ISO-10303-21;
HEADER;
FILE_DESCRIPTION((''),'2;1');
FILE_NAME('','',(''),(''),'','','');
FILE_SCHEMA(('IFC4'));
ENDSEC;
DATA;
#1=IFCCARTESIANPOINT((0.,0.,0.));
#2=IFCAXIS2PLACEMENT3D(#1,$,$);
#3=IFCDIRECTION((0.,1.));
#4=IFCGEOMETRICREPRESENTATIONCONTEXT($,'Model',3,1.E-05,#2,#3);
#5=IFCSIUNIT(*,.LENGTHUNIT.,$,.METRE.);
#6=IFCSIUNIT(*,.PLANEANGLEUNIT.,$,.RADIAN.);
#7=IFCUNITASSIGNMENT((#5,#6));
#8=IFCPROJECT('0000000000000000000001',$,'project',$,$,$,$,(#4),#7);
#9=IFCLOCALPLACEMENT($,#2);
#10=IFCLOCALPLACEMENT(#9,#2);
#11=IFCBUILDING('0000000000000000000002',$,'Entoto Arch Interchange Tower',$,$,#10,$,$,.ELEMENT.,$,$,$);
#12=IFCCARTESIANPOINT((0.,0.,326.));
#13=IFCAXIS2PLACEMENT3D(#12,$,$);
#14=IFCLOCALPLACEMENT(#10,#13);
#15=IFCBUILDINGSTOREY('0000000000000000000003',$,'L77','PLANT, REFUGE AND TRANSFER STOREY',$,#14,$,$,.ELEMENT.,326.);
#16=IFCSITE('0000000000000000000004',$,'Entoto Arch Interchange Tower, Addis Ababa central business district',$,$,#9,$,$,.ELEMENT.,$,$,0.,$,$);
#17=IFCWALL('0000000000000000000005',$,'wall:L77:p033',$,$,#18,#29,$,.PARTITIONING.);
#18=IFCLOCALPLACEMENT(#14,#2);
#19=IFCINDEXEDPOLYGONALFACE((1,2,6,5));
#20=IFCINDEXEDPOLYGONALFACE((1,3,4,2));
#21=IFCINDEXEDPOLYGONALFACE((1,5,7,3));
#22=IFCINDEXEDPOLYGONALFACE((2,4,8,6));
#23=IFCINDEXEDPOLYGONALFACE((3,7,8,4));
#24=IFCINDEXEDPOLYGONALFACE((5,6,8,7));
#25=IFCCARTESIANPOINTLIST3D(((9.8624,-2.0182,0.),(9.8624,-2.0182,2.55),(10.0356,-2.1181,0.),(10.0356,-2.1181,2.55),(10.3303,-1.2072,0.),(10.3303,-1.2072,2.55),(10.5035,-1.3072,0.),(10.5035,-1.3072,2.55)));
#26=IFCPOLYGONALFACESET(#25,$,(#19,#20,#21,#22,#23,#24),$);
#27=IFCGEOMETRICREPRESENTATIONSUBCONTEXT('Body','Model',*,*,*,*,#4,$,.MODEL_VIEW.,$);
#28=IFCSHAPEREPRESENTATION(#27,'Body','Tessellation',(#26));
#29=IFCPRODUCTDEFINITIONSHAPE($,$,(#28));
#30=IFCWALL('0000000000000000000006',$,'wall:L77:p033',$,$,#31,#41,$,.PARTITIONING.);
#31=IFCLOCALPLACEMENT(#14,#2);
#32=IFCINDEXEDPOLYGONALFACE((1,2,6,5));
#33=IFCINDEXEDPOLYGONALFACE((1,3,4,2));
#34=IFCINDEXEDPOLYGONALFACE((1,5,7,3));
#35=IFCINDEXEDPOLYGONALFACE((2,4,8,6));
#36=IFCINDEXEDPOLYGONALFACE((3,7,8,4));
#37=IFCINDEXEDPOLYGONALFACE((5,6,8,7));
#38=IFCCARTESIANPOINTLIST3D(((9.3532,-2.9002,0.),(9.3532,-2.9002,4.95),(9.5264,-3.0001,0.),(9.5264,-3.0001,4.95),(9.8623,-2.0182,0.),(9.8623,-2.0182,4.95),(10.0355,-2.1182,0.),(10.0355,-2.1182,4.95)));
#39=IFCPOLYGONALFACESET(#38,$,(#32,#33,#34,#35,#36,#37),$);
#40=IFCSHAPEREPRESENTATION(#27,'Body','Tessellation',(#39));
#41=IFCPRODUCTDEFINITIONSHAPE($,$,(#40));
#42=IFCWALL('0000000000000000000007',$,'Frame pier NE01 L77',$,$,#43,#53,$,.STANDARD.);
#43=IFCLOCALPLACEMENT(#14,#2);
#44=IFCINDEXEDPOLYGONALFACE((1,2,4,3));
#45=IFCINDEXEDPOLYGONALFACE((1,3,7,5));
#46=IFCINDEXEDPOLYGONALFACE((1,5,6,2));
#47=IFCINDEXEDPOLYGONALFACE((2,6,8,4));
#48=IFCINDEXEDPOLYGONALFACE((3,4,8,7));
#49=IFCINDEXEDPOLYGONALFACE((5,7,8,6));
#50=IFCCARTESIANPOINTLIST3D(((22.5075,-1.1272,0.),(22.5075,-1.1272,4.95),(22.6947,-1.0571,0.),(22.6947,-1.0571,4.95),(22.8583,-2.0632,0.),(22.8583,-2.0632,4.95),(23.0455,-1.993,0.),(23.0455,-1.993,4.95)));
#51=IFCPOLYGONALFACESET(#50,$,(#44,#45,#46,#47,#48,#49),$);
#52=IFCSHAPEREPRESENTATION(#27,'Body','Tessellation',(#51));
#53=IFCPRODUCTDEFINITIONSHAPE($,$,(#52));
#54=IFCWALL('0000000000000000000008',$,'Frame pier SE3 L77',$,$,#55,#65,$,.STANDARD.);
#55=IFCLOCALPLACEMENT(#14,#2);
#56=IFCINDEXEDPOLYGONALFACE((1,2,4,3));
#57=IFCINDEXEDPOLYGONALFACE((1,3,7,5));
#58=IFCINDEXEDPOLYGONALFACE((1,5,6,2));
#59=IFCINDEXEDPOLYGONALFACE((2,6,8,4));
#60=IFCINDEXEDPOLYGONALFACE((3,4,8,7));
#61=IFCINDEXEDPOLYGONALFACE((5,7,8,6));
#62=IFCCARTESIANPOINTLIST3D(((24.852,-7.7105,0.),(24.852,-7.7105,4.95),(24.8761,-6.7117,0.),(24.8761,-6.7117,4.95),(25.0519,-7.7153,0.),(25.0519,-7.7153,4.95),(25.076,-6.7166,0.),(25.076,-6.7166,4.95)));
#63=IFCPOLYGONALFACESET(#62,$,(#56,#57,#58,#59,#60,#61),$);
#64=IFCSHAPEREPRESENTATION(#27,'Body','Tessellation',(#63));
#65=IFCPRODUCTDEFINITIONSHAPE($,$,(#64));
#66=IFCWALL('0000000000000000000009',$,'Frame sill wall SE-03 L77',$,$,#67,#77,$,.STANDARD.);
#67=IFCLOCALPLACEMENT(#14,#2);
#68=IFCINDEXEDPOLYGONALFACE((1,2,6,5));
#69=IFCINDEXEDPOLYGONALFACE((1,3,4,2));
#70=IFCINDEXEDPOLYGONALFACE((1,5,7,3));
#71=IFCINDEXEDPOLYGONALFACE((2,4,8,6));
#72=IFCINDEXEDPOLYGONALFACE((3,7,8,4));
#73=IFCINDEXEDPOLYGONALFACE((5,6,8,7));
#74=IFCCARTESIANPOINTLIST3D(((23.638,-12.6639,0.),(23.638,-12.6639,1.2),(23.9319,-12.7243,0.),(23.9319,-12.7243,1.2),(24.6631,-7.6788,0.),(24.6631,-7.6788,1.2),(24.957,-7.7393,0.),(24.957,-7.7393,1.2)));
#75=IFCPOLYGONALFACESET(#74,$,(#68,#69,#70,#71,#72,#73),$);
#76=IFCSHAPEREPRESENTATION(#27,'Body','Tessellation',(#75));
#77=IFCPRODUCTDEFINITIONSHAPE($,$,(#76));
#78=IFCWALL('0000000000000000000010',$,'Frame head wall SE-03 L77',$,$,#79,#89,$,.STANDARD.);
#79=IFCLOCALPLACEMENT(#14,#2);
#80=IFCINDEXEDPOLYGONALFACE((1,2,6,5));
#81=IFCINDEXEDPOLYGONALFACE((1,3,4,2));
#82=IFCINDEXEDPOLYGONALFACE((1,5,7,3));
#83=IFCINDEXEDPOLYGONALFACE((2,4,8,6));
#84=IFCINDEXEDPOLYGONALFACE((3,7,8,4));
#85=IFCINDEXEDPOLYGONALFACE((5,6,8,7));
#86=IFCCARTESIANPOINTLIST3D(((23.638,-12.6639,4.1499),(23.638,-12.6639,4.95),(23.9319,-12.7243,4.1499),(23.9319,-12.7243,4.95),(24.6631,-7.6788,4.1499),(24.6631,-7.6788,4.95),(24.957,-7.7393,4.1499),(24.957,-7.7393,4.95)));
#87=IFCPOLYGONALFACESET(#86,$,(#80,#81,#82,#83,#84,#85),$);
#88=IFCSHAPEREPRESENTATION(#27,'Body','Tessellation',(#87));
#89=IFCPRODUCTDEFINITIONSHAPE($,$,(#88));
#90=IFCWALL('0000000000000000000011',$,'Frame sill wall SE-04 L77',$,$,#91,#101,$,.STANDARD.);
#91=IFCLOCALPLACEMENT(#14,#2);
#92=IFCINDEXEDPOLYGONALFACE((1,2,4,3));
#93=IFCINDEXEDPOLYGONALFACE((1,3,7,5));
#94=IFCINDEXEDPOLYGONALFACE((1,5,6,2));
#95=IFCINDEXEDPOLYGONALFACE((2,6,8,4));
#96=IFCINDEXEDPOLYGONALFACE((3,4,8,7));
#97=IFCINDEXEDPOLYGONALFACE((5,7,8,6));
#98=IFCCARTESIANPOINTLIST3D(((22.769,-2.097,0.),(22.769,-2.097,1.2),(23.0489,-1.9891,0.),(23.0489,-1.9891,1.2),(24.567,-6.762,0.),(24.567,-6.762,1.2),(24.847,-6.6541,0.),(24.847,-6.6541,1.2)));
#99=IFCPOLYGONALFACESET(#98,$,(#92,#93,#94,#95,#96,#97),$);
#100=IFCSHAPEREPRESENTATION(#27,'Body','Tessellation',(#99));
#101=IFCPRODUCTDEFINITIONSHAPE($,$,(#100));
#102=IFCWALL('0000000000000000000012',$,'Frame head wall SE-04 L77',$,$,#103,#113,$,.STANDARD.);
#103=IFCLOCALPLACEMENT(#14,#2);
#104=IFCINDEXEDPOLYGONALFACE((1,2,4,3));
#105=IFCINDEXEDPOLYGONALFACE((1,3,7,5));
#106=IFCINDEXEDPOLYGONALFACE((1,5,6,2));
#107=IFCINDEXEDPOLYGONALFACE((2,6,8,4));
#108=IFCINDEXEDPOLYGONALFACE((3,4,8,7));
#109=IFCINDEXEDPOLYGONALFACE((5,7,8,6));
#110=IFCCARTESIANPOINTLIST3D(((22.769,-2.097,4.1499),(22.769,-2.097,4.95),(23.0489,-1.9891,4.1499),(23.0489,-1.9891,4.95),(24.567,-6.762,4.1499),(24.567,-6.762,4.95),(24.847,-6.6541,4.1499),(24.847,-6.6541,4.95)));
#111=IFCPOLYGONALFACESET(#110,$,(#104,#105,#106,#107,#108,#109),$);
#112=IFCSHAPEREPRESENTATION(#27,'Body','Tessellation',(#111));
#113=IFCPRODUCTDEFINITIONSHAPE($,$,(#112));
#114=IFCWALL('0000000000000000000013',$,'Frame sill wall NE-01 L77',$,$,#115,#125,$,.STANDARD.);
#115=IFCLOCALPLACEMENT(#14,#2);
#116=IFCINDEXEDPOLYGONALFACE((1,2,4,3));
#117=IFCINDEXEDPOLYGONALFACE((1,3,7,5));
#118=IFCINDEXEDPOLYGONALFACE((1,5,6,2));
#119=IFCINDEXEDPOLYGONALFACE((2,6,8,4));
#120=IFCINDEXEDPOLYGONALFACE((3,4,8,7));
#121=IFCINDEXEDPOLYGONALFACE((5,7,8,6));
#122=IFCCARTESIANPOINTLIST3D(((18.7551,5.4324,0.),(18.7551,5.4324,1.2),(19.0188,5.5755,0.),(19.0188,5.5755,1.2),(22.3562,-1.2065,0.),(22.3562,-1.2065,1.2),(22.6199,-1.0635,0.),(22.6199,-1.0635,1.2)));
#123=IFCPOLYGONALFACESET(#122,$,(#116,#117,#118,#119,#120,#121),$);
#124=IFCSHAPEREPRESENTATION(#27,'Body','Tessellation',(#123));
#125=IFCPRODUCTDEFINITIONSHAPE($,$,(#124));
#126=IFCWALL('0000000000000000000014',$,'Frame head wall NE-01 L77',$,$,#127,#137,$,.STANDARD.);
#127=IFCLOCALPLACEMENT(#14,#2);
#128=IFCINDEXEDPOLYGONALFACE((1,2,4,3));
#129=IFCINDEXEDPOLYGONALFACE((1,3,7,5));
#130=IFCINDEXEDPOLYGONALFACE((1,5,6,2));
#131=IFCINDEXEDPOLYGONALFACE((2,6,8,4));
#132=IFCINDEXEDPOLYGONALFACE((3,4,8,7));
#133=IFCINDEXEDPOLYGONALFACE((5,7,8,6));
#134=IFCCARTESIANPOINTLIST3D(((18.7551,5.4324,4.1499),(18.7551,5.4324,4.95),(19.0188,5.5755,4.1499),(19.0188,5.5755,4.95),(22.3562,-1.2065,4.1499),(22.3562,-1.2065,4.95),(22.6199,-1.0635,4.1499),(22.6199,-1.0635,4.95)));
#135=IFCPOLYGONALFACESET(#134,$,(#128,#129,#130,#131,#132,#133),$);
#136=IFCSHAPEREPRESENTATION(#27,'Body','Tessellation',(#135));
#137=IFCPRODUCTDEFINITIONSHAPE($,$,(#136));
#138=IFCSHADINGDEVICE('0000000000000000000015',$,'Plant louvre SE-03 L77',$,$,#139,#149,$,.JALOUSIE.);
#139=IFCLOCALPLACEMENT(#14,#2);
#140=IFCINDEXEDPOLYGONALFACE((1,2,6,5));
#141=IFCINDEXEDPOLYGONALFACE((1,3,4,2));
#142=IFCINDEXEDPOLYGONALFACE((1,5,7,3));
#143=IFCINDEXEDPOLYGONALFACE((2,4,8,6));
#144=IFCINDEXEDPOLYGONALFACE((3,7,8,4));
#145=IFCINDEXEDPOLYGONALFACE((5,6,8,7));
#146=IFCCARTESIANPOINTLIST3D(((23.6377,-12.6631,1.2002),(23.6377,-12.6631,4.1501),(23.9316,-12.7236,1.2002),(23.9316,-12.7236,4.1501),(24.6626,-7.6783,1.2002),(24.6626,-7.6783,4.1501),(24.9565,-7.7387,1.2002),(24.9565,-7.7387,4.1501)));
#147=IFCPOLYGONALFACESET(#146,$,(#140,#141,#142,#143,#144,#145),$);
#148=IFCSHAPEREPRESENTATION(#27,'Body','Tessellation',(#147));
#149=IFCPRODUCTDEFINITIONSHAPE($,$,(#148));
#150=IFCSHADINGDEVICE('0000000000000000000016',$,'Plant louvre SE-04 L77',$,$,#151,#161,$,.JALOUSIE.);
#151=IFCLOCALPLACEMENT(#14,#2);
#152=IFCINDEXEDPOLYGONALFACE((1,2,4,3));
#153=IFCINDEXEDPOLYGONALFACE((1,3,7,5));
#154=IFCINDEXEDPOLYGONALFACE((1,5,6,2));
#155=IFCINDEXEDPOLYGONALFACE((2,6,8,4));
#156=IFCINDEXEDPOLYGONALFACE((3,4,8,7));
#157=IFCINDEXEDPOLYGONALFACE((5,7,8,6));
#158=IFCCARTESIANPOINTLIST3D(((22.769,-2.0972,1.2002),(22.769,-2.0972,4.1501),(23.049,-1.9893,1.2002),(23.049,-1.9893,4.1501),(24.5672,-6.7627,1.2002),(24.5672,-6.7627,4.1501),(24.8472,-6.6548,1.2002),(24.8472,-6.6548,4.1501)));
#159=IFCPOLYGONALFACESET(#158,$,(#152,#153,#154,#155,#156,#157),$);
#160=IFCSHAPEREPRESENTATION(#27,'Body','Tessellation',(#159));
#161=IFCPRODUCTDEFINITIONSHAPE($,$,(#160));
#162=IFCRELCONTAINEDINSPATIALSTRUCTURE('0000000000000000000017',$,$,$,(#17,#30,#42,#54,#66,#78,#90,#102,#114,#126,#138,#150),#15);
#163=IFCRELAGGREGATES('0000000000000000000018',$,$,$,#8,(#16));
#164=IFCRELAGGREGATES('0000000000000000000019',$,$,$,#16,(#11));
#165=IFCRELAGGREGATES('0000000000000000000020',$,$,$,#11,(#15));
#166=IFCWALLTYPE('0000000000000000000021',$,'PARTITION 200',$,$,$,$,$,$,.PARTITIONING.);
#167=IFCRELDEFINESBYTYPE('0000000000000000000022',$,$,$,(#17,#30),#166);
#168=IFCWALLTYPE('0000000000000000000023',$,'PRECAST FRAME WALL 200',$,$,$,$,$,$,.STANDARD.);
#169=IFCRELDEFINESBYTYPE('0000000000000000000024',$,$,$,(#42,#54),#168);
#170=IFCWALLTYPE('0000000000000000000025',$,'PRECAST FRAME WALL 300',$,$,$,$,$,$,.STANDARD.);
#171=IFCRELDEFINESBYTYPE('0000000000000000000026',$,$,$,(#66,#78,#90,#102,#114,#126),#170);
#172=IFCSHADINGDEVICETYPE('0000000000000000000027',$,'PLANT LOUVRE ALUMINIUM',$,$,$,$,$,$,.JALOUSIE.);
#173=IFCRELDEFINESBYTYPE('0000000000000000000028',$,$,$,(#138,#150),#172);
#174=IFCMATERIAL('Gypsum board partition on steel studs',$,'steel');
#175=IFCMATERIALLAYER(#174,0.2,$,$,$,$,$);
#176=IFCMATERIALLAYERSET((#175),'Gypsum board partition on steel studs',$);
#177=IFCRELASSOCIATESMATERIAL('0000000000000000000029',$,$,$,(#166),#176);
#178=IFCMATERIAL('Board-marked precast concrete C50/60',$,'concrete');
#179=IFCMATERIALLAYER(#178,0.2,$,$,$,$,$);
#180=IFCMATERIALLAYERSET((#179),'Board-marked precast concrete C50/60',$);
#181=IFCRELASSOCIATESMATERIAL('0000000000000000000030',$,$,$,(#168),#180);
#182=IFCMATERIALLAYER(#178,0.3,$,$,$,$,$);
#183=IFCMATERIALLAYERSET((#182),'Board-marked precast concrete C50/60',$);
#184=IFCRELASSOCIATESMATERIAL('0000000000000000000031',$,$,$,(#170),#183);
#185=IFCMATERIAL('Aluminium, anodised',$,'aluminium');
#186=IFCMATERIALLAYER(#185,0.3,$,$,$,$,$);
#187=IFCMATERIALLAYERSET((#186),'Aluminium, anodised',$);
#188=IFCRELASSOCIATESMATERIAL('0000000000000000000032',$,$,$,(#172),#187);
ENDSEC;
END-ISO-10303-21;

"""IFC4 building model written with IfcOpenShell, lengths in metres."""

from ifc_helpers import new_model, si_unit, direction, frame, frame_2d, origin, origin_2d, place, context, subcontext, project, spatial, rectangle, extrude, material, layer, layer_set, type_object, element, save


model = new_model("IFC4")

# Units and contexts
model_context = context("Model", 3, precision=1e-05, world=origin(), true_north=direction((0.0, 1.0)))
body_context = subcontext(model_context, "Body", "Model", "MODEL_VIEW")
ifc_project = project(units=[si_unit("LENGTHUNIT", "METRE"), si_unit("PLANEANGLEUNIT", "RADIAN")], contexts=[model_context])

# Site, building, storey
site_placement = place(None, origin())
site = spatial("IfcSite", under=ifc_project, at=site_placement, Name="Entoto Arch Interchange Tower, Addis Ababa central business district", CompositionType="ELEMENT", RefElevation=0.0)
building_placement = place(site_placement, origin())
building = spatial("IfcBuilding", under=site, at=building_placement, Name="Entoto Arch Interchange Tower", CompositionType="ELEMENT")
storey_placement = place(building_placement, frame((0.0, 0.0, 326.0)))
storey = spatial("IfcBuildingStorey", under=building, at=storey_placement, Name="L77", Description="PLANT, REFUGE AND TRANSFER STOREY", CompositionType="ELEMENT", Elevation=326.0)

# Shared definitions
ifc_material_1 = material(Name="Gypsum board partition on steel studs", Category="steel")
ifc_layer_1 = layer(ifc_material_1, 0.2)
ifc_layer_set_1 = layer_set([ifc_layer_1], Name="Gypsum board partition on steel studs")
wall_type_1 = type_object("IfcWallType", Name="PARTITION 200", PredefinedType="PARTITIONING", material=ifc_layer_set_1)

# Walls
wall_1_placement = place(storey_placement, frame((10.417, -1.2571, 0.0), z_axis=(0.0, 0.0, 1.0), x_axis=(-0.499813, -0.866133, 0.0)))
element("IfcWall", 1, at=wall_1_placement, inside=storey, type_object=wall_type_1, Name="wall:L77:p033", PredefinedType="PARTITIONING", context=body_context, shape_type="SweptSolid", body=[
    extrude(rectangle(XDim=0.9363, YDim=0.2, at=frame_2d((0.4683, 0.0))), origin(), (0.0, 0.0, 1.0), 2.55),
])
wall_2_placement = place(storey_placement, frame((9.949, -2.0681, 0.0), z_axis=(0.0, 0.0, 1.0), x_axis=(-0.49993, -0.866066, 0.0)))
element("IfcWall", 2, at=wall_2_placement, inside=storey, type_object=wall_type_1, Name="wall:L77:p033", PredefinedType="PARTITIONING", context=body_context, shape_type="SweptSolid", body=[
    extrude(rectangle(XDim=1.0183, YDim=0.2, at=frame_2d((0.5093, 0.0))), origin(), (0.0, 0.0, 1.0), 4.95),
])
ifc_material_2 = material(Name="Board-marked precast concrete C50/60", Category="concrete")
ifc_layer_2 = layer(ifc_material_2, 0.2)
ifc_layer_set_2 = layer_set([ifc_layer_2], Name="Board-marked precast concrete C50/60")
wall_type_2 = type_object("IfcWallType", Name="PRECAST FRAME WALL 200", PredefinedType="STANDARD", material=ifc_layer_set_2)
wall_3_placement = place(storey_placement, frame((22.9519, -2.0281, 0.0), z_axis=(0.0, 0.0, 1.0), x_axis=(-0.350963, 0.936389, 0.0)))
element("IfcWall", 3, at=wall_3_placement, inside=storey, type_object=wall_type_2, Name="Frame pier NE01 L77", PredefinedType="STANDARD", context=body_context, shape_type="SweptSolid", body=[
    extrude(rectangle(XDim=0.9995, YDim=0.2, at=frame_2d((0.4998, 0.0))), origin(), (0.0, 0.0, 1.0), 4.95),
])
wall_4_placement = place(storey_placement, frame((24.9519, -7.7129, 0.0), z_axis=(0.0, 0.0, 1.0), x_axis=(0.024192, 0.999707, 0.0)))
element("IfcWall", 4, at=wall_4_placement, inside=storey, type_object=wall_type_2, Name="Frame pier SE3 L77", PredefinedType="STANDARD", context=body_context, shape_type="SweptSolid", body=[
    extrude(rectangle(XDim=0.999, YDim=0.2, at=frame_2d((0.4995, 0.0))), origin(), (0.0, 0.0, 1.0), 4.95),
])
ifc_layer_3 = layer(ifc_material_2, 0.3)
ifc_layer_set_3 = layer_set([ifc_layer_3], Name="Board-marked precast concrete C50/60")
wall_type_3 = type_object("IfcWallType", Name="PRECAST FRAME WALL 300", PredefinedType="STANDARD", material=ifc_layer_set_3)
wall_5_placement = place(storey_placement, frame((23.7849, -12.6941, 0.0), z_axis=(0.0, 0.0, 1.0), x_axis=(0.201427, 0.979504, 0.0)))
element("IfcWall", 5, at=wall_5_placement, inside=storey, type_object=wall_type_3, Name="Frame sill wall SE-03 L77", PredefinedType="STANDARD", context=body_context, shape_type="SweptSolid", body=[
    extrude(rectangle(XDim=5.0894, YDim=0.3, at=frame_2d((2.5447, 0.0))), origin(), (0.0, 0.0, 1.0), 1.2),
])
wall_6_placement = place(storey_placement, frame((23.7849, -12.6941, 4.1499), z_axis=(0.0, 0.0, 1.0), x_axis=(0.201427, 0.979504, 0.0)))
element("IfcWall", 6, at=wall_6_placement, inside=storey, type_object=wall_type_3, Name="Frame head wall SE-03 L77", PredefinedType="STANDARD", context=body_context, shape_type="SweptSolid", body=[
    extrude(rectangle(XDim=5.0894, YDim=0.3, at=frame_2d((2.5447, 0.0))), origin(), (0.0, 0.0, 1.0), 0.8),
])
wall_7_placement = place(storey_placement, frame((24.707, -6.708, 0.0), z_axis=(0.0, 0.0, 1.0), x_axis=(-0.35965, 0.933087, 0.0)))
element("IfcWall", 7, at=wall_7_placement, inside=storey, type_object=wall_type_3, Name="Frame sill wall SE-04 L77", PredefinedType="STANDARD", context=body_context, shape_type="SweptSolid", body=[
    extrude(rectangle(XDim=4.9995, YDim=0.3, at=frame_2d((2.4998, 0.0))), origin(), (0.0, 0.0, 1.0), 1.2),
])
wall_8_placement = place(storey_placement, frame((24.707, -6.708, 4.1499), z_axis=(0.0, 0.0, 1.0), x_axis=(-0.35965, 0.933087, 0.0)))
element("IfcWall", 8, at=wall_8_placement, inside=storey, type_object=wall_type_3, Name="Frame head wall SE-04 L77", PredefinedType="STANDARD", context=body_context, shape_type="SweptSolid", body=[
    extrude(rectangle(XDim=4.9995, YDim=0.3, at=frame_2d((2.4998, 0.0))), origin(), (0.0, 0.0, 1.0), 0.8),
])
wall_9_placement = place(storey_placement, frame((22.488, -1.135, 0.0), z_axis=(0.0, 0.0, 1.0), x_axis=(-0.476794, 0.879015, 0.0)))
element("IfcWall", 9, at=wall_9_placement, inside=storey, type_object=wall_type_3, Name="Frame sill wall NE-01 L77", PredefinedType="STANDARD", context=body_context, shape_type="SweptSolid", body=[
    extrude(rectangle(XDim=7.5527, YDim=0.3, at=frame_2d((3.7764, 0.0))), origin(), (0.0, 0.0, 1.0), 1.2),
])
wall_10_placement = place(storey_placement, frame((22.488, -1.135, 4.1499), z_axis=(0.0, 0.0, 1.0), x_axis=(-0.476794, 0.879015, 0.0)))
element("IfcWall", 10, at=wall_10_placement, inside=storey, type_object=wall_type_3, Name="Frame head wall NE-01 L77", PredefinedType="STANDARD", context=body_context, shape_type="SweptSolid", body=[
    extrude(rectangle(XDim=7.5527, YDim=0.3, at=frame_2d((3.7764, 0.0))), origin(), (0.0, 0.0, 1.0), 0.8),
])

# Shading devices
ifc_material_3 = material(Name="Aluminium, anodised", Category="aluminium")
ifc_layer_4 = layer(ifc_material_3, 0.3)
ifc_layer_set_4 = layer_set([ifc_layer_4], Name="Aluminium, anodised")
shading_device_type = type_object("IfcShadingDeviceType", Name="PLANT LOUVRE ALUMINIUM", PredefinedType="JALOUSIE", material=ifc_layer_set_4)
shading_device_1_placement = place(storey_placement, frame((24.2971, -10.2009, 1.2002), z_axis=(0.0, 0.0, 1.0), x_axis=(0.201403, 0.979509, 0.0)))
element("IfcShadingDevice", 11, at=shading_device_1_placement, inside=storey, type_object=shading_device_type, Name="Plant louvre SE-03 L77", PredefinedType="JALOUSIE", context=body_context, shape_type="SweptSolid", body=[
    extrude(rectangle(XDim=5.0891, YDim=0.3, at=origin_2d()), origin(), (0.0, 0.0, 1.0), 2.95),
])
shading_device_2_placement = place(storey_placement, frame((23.8081, -4.376, 1.2002), z_axis=(0.0, 0.0, 1.0), x_axis=(-0.359639, 0.933092, 0.0)))
element("IfcShadingDevice", 12, at=shading_device_2_placement, inside=storey, type_object=shading_device_type, Name="Plant louvre SE-04 L77", PredefinedType="JALOUSIE", context=body_context, shape_type="SweptSolid", body=[
    extrude(rectangle(XDim=5.0, YDim=0.3, at=origin_2d()), origin(), (0.0, 0.0, 1.0), 2.95),
])

save(model, "model.ifc")
